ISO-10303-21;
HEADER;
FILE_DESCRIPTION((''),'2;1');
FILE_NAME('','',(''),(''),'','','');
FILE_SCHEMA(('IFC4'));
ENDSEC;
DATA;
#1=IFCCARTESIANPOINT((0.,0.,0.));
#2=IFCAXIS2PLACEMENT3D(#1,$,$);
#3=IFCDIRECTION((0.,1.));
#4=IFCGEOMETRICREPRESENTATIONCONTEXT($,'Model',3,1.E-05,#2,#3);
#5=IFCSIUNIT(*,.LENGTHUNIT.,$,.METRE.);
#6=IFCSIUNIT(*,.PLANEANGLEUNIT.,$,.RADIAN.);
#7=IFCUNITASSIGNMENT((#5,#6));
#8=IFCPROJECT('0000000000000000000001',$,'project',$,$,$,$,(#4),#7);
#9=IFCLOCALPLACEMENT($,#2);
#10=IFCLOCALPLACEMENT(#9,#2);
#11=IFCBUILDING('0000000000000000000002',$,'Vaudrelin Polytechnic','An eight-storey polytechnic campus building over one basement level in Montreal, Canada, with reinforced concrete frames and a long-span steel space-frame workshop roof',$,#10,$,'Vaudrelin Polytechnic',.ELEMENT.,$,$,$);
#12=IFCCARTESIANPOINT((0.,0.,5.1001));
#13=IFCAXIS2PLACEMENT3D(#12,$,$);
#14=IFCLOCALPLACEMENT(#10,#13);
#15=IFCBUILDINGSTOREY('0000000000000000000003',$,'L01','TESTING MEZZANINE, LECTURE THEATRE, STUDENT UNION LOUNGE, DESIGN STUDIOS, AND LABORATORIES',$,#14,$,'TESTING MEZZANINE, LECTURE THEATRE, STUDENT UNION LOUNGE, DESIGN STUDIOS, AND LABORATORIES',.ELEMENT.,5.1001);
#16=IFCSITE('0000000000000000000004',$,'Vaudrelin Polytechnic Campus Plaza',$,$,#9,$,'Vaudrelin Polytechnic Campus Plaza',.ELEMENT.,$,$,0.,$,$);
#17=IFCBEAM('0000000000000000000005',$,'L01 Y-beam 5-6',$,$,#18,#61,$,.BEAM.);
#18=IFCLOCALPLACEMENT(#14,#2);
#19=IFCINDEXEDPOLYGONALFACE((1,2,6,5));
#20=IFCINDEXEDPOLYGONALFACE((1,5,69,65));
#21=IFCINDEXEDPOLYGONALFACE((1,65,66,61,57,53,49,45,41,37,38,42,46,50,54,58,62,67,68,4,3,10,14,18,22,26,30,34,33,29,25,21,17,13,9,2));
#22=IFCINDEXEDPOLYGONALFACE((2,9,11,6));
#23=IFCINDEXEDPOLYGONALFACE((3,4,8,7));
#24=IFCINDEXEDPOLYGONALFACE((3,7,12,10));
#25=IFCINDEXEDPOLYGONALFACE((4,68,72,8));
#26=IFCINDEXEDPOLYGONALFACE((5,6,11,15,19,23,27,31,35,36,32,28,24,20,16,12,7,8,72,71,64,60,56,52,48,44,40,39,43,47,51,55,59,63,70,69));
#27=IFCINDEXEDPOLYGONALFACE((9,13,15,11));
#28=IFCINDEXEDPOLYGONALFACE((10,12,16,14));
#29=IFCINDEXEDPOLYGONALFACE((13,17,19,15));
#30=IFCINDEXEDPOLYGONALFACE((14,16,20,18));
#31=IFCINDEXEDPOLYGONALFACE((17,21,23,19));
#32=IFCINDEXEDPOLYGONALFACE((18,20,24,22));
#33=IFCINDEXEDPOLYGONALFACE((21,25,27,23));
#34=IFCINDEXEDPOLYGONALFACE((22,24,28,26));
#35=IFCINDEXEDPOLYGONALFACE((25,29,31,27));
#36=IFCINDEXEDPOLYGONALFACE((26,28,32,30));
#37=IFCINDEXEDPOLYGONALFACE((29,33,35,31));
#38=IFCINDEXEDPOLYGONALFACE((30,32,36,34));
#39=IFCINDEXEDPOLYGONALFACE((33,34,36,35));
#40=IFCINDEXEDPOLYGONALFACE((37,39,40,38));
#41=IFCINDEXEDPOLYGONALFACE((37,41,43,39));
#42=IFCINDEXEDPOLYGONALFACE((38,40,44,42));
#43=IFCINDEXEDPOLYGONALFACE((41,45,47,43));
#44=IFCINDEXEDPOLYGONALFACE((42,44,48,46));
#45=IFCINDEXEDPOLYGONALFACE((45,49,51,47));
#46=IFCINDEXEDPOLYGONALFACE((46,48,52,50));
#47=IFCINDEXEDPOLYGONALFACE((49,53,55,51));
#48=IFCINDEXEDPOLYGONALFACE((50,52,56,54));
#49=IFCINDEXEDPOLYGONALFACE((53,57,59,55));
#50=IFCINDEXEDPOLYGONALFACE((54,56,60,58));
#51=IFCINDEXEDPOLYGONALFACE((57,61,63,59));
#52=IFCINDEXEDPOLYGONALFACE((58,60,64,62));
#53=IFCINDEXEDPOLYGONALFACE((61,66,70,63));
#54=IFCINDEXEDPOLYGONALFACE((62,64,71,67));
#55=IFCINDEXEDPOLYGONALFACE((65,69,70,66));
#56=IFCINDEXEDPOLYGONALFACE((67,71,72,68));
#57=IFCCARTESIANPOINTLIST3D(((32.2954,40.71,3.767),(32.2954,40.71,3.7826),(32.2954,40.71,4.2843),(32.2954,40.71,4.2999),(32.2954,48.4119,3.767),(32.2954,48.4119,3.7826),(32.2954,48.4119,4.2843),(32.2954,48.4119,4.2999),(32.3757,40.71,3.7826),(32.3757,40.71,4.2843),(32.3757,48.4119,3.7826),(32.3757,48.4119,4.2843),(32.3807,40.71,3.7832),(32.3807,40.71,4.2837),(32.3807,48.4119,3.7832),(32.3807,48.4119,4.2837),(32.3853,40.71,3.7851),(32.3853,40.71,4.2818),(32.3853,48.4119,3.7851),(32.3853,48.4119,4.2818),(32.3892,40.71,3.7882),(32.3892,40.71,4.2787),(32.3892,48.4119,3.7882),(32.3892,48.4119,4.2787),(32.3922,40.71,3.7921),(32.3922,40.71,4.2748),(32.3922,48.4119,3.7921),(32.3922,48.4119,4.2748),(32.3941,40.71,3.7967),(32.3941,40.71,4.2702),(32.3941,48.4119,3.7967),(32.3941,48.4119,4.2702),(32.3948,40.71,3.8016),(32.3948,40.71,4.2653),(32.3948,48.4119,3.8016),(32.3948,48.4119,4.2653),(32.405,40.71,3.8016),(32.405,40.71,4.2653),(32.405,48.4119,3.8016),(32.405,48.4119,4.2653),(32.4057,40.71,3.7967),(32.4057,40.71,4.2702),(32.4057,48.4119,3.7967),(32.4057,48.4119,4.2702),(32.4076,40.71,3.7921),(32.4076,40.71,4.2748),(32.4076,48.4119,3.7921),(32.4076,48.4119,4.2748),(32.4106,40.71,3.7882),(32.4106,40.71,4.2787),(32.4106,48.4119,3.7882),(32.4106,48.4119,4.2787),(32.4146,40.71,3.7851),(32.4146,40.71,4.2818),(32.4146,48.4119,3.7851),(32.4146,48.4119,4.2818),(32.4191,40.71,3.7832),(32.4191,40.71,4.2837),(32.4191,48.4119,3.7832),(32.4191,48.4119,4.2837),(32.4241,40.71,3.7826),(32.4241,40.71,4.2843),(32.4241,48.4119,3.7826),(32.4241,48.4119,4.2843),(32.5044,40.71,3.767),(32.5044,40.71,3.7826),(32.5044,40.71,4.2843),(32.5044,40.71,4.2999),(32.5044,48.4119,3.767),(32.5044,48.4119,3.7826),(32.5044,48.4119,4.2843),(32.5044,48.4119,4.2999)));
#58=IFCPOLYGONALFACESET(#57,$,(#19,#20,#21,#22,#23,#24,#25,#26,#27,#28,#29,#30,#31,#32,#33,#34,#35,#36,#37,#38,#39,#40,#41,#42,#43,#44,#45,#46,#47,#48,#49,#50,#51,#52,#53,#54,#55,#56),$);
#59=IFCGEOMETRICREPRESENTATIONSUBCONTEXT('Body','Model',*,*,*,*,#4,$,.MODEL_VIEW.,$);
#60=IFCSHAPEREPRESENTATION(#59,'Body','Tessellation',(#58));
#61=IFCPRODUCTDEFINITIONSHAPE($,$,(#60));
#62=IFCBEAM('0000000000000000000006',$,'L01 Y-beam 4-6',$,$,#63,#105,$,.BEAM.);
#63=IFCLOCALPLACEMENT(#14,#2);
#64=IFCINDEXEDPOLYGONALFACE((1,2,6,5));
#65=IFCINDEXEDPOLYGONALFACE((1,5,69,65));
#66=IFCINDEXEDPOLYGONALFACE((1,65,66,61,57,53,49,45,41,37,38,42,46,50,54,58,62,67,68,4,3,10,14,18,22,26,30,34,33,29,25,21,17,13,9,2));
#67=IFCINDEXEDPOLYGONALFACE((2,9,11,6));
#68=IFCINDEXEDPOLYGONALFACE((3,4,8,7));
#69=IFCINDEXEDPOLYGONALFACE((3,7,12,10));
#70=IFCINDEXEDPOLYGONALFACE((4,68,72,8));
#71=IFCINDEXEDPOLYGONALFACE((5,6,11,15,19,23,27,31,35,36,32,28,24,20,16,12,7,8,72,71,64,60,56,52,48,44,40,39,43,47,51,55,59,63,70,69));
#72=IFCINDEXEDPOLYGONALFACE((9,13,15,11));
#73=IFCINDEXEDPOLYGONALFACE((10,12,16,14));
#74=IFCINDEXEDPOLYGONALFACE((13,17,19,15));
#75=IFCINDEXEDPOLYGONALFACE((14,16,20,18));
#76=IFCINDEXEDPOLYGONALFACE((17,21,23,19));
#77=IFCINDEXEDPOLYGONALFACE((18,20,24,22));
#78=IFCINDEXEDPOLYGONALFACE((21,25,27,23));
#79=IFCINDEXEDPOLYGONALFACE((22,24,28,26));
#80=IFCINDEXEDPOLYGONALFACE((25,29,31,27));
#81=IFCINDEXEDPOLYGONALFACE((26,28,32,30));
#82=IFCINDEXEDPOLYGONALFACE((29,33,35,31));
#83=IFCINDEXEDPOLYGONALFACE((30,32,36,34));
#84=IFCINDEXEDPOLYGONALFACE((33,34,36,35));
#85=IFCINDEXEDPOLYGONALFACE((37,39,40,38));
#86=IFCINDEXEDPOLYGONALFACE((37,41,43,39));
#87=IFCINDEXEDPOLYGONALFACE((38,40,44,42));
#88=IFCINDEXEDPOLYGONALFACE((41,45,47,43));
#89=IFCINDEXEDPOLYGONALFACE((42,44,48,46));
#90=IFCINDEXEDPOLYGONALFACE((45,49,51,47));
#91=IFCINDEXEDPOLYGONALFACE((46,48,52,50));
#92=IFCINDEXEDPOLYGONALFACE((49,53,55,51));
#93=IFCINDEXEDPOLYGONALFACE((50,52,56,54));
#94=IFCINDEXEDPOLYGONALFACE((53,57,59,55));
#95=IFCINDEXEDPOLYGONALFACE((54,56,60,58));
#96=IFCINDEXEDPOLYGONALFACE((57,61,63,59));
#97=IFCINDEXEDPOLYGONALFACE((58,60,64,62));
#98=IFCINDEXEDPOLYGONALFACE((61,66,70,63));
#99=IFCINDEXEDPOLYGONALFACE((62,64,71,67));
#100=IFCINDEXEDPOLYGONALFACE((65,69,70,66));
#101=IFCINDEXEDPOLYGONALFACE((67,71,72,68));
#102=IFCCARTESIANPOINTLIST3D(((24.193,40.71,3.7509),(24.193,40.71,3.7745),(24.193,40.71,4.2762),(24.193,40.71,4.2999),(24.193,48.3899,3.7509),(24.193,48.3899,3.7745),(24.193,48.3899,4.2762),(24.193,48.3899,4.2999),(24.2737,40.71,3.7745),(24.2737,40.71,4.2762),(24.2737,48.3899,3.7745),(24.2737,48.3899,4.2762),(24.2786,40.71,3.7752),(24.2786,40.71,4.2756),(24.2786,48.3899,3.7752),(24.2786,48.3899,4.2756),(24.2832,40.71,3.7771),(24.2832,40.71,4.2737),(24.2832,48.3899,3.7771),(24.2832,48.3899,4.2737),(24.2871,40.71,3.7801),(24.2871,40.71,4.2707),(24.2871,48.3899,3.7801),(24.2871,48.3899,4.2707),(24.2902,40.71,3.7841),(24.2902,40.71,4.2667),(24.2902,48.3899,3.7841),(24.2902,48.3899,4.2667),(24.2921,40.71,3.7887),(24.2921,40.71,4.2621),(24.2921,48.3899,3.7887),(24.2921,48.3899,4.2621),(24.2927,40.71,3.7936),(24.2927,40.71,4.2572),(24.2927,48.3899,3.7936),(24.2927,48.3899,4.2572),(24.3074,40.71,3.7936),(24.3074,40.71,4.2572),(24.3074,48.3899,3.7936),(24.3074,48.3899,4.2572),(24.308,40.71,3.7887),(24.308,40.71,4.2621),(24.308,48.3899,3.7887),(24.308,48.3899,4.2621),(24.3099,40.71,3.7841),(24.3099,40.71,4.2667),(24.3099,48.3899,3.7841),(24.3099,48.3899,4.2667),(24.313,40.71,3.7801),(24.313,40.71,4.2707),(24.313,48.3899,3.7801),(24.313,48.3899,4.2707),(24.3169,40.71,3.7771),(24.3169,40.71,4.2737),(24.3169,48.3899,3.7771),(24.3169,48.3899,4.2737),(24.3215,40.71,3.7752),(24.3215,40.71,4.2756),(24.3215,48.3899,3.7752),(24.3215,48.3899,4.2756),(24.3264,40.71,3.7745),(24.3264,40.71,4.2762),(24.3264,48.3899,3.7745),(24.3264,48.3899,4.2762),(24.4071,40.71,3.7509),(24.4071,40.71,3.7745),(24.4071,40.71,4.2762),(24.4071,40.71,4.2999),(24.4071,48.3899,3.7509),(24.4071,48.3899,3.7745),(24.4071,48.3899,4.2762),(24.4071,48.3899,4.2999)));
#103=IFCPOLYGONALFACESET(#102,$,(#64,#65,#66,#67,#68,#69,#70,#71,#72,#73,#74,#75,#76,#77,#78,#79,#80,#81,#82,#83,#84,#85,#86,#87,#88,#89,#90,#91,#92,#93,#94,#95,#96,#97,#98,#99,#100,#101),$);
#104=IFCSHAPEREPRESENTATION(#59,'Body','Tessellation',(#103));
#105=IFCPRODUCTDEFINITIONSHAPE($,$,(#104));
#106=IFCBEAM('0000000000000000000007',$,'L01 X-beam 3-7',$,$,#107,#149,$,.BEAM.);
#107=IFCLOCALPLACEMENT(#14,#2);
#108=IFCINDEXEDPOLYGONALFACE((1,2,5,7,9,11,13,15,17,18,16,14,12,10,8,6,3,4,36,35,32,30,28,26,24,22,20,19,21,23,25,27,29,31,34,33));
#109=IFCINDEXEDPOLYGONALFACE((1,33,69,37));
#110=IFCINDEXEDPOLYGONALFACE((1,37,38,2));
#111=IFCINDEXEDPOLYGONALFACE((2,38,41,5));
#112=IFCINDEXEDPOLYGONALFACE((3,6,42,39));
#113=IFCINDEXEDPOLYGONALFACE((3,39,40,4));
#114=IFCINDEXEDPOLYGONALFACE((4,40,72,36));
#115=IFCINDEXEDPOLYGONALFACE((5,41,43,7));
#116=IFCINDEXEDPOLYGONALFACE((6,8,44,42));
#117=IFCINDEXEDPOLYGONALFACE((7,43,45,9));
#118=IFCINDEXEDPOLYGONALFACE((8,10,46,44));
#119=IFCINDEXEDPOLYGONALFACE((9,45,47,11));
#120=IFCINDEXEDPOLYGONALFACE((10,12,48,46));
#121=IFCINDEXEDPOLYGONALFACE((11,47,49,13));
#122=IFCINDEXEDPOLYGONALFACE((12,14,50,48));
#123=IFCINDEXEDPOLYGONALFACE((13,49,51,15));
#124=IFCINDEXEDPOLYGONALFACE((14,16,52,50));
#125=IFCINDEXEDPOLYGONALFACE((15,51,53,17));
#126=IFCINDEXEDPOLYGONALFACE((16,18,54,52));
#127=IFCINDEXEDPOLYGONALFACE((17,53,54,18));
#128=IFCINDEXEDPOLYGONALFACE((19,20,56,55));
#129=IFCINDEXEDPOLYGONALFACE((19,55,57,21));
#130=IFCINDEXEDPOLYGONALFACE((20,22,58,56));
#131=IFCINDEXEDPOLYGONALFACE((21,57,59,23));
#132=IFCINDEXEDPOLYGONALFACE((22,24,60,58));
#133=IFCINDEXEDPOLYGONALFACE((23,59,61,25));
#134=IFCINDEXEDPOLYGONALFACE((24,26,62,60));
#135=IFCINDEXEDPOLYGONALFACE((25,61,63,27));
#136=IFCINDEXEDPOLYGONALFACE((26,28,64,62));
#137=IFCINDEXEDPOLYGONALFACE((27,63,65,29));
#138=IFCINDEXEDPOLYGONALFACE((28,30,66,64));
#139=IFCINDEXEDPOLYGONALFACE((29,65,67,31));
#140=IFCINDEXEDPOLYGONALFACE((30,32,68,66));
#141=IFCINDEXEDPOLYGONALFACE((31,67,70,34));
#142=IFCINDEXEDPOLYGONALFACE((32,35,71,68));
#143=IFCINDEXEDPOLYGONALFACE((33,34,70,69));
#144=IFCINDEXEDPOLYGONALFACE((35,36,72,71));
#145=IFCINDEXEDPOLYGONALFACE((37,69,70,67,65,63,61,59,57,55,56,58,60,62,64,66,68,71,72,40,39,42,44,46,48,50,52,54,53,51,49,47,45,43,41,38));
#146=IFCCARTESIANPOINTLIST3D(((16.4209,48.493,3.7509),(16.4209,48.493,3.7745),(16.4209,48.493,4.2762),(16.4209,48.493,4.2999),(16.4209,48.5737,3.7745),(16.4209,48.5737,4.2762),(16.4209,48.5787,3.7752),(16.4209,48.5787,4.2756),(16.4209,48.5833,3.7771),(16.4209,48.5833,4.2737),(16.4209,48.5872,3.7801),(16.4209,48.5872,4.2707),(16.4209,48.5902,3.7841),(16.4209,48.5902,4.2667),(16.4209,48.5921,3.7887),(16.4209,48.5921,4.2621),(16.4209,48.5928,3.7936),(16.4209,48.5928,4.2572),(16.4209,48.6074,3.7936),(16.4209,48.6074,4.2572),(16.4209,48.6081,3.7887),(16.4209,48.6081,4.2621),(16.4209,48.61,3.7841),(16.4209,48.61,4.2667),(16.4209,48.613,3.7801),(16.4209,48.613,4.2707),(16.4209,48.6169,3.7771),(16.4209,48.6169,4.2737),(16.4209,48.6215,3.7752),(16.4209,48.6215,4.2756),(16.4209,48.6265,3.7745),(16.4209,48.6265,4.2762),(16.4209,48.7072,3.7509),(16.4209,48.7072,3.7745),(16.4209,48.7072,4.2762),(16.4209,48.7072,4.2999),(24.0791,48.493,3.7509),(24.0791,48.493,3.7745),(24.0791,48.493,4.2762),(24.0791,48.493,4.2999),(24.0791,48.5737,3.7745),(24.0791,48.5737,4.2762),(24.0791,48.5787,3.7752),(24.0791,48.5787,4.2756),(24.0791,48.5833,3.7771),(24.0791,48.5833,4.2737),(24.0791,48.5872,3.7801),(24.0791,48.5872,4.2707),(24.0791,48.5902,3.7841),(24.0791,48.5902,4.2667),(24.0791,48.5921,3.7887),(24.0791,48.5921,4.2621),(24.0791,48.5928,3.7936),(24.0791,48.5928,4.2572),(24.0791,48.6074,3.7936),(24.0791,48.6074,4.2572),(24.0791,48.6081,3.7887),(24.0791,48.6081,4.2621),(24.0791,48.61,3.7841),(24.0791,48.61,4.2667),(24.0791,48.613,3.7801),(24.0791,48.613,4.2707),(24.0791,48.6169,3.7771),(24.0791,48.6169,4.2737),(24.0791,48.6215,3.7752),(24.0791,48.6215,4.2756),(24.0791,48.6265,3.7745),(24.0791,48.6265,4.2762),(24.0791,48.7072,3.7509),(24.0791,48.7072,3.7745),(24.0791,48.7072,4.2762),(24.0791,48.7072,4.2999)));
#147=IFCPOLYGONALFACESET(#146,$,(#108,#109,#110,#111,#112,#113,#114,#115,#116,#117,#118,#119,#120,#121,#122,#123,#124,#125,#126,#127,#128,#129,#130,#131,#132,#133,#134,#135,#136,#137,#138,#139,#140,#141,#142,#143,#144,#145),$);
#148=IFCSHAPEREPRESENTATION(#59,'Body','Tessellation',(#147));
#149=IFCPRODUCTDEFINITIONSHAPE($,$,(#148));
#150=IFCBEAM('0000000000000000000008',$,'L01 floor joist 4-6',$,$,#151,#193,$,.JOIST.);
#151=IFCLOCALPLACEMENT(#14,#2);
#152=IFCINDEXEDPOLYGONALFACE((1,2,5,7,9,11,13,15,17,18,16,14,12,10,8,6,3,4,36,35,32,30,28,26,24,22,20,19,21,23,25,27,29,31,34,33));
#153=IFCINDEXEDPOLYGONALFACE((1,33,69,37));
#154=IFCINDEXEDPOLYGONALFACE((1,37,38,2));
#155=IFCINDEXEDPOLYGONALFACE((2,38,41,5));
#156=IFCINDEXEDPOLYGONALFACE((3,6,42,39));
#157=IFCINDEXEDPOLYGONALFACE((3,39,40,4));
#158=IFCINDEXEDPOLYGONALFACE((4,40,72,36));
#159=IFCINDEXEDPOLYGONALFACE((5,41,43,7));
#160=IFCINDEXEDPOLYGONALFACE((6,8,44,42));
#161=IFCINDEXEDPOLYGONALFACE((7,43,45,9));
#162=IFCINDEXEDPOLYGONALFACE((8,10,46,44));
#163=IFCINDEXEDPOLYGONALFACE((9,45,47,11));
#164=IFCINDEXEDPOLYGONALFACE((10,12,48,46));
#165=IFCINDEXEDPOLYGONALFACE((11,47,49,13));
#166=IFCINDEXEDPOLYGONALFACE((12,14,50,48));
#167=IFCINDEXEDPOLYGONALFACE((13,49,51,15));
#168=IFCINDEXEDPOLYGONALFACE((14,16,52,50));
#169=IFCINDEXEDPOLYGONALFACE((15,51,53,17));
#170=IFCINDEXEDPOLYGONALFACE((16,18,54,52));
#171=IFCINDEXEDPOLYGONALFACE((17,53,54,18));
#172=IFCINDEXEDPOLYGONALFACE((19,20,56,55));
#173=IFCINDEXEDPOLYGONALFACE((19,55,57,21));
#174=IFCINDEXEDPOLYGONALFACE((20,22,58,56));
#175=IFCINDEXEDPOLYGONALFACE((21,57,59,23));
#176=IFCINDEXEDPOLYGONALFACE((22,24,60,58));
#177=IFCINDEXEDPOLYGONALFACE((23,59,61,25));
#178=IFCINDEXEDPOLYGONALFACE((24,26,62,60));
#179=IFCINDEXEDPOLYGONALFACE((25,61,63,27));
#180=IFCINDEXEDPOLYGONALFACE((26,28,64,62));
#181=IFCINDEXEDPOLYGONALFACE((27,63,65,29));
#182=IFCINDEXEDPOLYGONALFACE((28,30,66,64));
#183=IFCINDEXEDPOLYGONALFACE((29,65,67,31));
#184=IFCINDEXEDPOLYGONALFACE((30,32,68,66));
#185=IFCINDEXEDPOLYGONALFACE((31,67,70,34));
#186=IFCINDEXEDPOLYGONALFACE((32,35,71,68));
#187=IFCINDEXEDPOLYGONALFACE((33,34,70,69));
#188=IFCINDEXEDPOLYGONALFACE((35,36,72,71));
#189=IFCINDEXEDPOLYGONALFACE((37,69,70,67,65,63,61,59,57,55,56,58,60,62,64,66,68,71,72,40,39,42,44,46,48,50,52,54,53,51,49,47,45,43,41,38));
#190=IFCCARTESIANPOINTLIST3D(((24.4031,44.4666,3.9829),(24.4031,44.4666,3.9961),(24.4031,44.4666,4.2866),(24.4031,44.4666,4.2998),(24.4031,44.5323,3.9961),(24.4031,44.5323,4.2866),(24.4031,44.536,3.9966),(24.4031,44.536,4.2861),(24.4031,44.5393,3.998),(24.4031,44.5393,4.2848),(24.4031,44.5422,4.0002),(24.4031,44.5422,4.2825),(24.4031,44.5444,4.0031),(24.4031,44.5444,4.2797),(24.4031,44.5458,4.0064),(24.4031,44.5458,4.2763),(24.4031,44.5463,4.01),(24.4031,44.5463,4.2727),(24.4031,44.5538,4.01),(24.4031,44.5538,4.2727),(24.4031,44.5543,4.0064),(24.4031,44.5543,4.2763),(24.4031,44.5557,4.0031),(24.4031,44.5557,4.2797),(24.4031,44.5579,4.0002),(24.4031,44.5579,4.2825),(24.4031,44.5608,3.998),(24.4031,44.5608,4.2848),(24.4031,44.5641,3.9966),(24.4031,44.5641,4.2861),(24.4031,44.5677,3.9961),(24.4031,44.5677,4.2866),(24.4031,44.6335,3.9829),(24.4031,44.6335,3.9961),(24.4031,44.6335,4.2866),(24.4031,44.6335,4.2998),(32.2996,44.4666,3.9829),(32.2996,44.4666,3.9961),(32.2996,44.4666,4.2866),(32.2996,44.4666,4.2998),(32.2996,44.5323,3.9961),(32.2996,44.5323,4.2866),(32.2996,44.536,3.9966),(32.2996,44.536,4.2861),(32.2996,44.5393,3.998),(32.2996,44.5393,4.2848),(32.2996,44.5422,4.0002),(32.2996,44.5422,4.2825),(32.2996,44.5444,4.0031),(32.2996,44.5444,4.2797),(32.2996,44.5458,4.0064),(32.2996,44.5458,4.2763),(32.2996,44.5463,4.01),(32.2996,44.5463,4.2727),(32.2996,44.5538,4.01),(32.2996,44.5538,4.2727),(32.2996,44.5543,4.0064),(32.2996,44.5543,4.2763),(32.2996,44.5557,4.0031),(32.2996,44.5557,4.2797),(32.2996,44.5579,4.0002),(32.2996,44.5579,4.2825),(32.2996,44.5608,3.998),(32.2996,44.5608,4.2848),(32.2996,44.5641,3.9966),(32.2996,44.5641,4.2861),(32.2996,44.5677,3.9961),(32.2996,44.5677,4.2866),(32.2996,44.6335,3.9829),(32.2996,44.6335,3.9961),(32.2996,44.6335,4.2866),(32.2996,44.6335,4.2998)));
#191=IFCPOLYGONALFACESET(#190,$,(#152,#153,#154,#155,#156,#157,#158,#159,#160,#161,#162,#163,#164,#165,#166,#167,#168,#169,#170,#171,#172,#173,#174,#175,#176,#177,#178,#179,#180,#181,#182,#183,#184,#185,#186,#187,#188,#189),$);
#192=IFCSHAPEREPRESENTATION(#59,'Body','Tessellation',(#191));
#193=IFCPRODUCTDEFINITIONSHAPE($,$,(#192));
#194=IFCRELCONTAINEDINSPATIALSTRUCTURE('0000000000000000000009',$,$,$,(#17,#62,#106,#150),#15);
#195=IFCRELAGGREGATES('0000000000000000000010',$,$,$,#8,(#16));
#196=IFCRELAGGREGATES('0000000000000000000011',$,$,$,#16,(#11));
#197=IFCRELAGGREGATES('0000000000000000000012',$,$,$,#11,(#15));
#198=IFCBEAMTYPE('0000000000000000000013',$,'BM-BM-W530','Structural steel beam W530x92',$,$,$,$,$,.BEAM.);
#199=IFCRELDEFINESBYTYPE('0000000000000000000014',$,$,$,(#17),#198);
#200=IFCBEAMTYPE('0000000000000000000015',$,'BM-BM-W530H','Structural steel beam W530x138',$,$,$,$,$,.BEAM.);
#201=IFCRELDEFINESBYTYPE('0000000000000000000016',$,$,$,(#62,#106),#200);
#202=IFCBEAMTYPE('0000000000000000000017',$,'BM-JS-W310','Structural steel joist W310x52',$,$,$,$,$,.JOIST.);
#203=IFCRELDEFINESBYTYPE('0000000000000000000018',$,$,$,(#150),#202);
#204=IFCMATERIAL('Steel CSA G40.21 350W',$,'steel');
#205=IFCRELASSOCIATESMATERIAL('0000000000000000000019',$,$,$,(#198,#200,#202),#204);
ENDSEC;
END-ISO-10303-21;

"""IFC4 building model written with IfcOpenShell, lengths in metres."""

from ifc_helpers import new_model, si_unit, direction, frame, origin, origin_2d, place, context, subcontext, project, spatial, i_section, extrude, material, material_profile, profile_set, type_object, element, save


model = new_model("IFC4")

# Units and contexts
model_context = context("Model", 3, precision=1e-05, world=origin(), true_north=direction((0.0, 1.0)))
body_context = subcontext(model_context, "Body", "Model", "MODEL_VIEW")
ifc_project = project(units=[si_unit("LENGTHUNIT", "METRE"), si_unit("PLANEANGLEUNIT", "RADIAN")], contexts=[model_context])

# Site, building, storey
site_placement = place(None, origin())
site = spatial("IfcSite", under=ifc_project, at=site_placement, Name="Vaudrelin Polytechnic Campus Plaza", LongName="Vaudrelin Polytechnic Campus Plaza", CompositionType="ELEMENT", RefElevation=0.0)
building_placement = place(site_placement, origin())
building = spatial("IfcBuilding", under=site, at=building_placement, Name="Vaudrelin Polytechnic", Description="An eight-storey polytechnic campus building over one basement level in Montreal, Canada, with reinforced concrete frames and a long-span steel space-frame workshop roof", LongName="Vaudrelin Polytechnic", CompositionType="ELEMENT")
storey_placement = place(building_placement, frame((0.0, 0.0, 5.1001)))
storey = spatial("IfcBuildingStorey", under=building, at=storey_placement, Name="L01", Description="TESTING MEZZANINE, LECTURE THEATRE, STUDENT UNION LOUNGE, DESIGN STUDIOS, AND LABORATORIES", LongName="TESTING MEZZANINE, LECTURE THEATRE, STUDENT UNION LOUNGE, DESIGN STUDIOS, AND LABORATORIES", CompositionType="ELEMENT", Elevation=5.1001)

# Beams
ifc_material_1 = material(Name="Steel CSA G40.21 350W", Category="steel")
ifc_material_profile_1 = material_profile(ifc_material_1, i_section(OverallWidth=0.209, OverallDepth=0.533, WebThickness=0.0103, FlangeThickness=0.0156, FilletRadius=0.019, at=origin_2d()), Name="W530x92")
ifc_profile_set_1 = profile_set([ifc_material_profile_1], Name="Steel CSA G40.21 350W")
beam_type_1 = type_object("IfcBeamType", Name="BM-BM-W530", Description="Structural steel beam W530x92", PredefinedType="BEAM", material=ifc_profile_set_1)
beam_1_placement = place(storey_placement, frame((32.3999, 40.71, 4.0334), z_axis=(0.0, 1.0, 0.0), x_axis=(-1.0, 0.0, 0.0)))
element("IfcBeam", 1, at=beam_1_placement, inside=storey, type_object=beam_type_1, Name="L01 Y-beam 5-6", PredefinedType="BEAM", context=body_context, shape_type="SweptSolid", body=[
    extrude(i_section(OverallWidth=0.209, OverallDepth=0.533, WebThickness=0.0103, FlangeThickness=0.0156, FilletRadius=0.019, at=origin_2d()), origin(), (0.0, 0.0, 1.0), 7.7019),
])
ifc_material_profile_2 = material_profile(ifc_material_1, i_section(OverallWidth=0.2141, OverallDepth=0.5491, WebThickness=0.0146, FlangeThickness=0.0237, FilletRadius=0.019, at=origin_2d()), Name="W530x138")
ifc_profile_set_2 = profile_set([ifc_material_profile_2], Name="Steel CSA G40.21 350W")
beam_type_2 = type_object("IfcBeamType", Name="BM-BM-W530H", Description="Structural steel beam W530x138", PredefinedType="BEAM", material=ifc_profile_set_2)
beam_2_placement = place(storey_placement, frame((24.3, 40.71, 4.0254), z_axis=(0.0, 1.0, 0.0), x_axis=(-1.0, 0.0, 0.0)))
element("IfcBeam", 2, at=beam_2_placement, inside=storey, type_object=beam_type_2, Name="L01 Y-beam 4-6", PredefinedType="BEAM", context=body_context, shape_type="SweptSolid", body=[
    extrude(i_section(OverallWidth=0.2141, OverallDepth=0.5491, WebThickness=0.0146, FlangeThickness=0.0237, FilletRadius=0.019, at=origin_2d()), origin(), (0.0, 0.0, 1.0), 7.6799),
])
beam_3_placement = place(storey_placement, frame((16.4209, 48.6001, 4.0254), z_axis=(1.0, 0.0, 0.0), x_axis=(0.0, 1.0, 0.0)))
element("IfcBeam", 3, at=beam_3_placement, inside=storey, type_object=beam_type_2, Name="L01 X-beam 3-7", PredefinedType="BEAM", context=body_context, shape_type="SweptSolid", body=[
    extrude(i_section(OverallWidth=0.2141, OverallDepth=0.5491, WebThickness=0.0146, FlangeThickness=0.0237, FilletRadius=0.019, at=origin_2d()), origin(), (0.0, 0.0, 1.0), 7.6582),
])
ifc_material_profile_3 = material_profile(ifc_material_1, i_section(OverallWidth=0.167, OverallDepth=0.3169, WebThickness=0.0076, FlangeThickness=0.0132, FilletRadius=0.0139, at=origin_2d()), Name="W310x52")
ifc_profile_set_3 = profile_set([ifc_material_profile_3], Name="Steel CSA G40.21 350W")
beam_type_3 = type_object("IfcBeamType", Name="BM-JS-W310", Description="Structural steel joist W310x52", PredefinedType="JOIST", material=ifc_profile_set_3)
beam_4_placement = place(storey_placement, frame((24.4031, 44.55, 4.1414), z_axis=(1.0, 0.0, 0.0), x_axis=(0.0, 1.0, 0.0)))
element("IfcBeam", 4, at=beam_4_placement, inside=storey, type_object=beam_type_3, Name="L01 floor joist 4-6", PredefinedType="JOIST", context=body_context, shape_type="SweptSolid", body=[
    extrude(i_section(OverallWidth=0.167, OverallDepth=0.3169, WebThickness=0.0076, FlangeThickness=0.0132, FilletRadius=0.0139, at=origin_2d()), origin(), (0.0, 0.0, 1.0), 7.8965),
])

save(model, "model.ifc")
